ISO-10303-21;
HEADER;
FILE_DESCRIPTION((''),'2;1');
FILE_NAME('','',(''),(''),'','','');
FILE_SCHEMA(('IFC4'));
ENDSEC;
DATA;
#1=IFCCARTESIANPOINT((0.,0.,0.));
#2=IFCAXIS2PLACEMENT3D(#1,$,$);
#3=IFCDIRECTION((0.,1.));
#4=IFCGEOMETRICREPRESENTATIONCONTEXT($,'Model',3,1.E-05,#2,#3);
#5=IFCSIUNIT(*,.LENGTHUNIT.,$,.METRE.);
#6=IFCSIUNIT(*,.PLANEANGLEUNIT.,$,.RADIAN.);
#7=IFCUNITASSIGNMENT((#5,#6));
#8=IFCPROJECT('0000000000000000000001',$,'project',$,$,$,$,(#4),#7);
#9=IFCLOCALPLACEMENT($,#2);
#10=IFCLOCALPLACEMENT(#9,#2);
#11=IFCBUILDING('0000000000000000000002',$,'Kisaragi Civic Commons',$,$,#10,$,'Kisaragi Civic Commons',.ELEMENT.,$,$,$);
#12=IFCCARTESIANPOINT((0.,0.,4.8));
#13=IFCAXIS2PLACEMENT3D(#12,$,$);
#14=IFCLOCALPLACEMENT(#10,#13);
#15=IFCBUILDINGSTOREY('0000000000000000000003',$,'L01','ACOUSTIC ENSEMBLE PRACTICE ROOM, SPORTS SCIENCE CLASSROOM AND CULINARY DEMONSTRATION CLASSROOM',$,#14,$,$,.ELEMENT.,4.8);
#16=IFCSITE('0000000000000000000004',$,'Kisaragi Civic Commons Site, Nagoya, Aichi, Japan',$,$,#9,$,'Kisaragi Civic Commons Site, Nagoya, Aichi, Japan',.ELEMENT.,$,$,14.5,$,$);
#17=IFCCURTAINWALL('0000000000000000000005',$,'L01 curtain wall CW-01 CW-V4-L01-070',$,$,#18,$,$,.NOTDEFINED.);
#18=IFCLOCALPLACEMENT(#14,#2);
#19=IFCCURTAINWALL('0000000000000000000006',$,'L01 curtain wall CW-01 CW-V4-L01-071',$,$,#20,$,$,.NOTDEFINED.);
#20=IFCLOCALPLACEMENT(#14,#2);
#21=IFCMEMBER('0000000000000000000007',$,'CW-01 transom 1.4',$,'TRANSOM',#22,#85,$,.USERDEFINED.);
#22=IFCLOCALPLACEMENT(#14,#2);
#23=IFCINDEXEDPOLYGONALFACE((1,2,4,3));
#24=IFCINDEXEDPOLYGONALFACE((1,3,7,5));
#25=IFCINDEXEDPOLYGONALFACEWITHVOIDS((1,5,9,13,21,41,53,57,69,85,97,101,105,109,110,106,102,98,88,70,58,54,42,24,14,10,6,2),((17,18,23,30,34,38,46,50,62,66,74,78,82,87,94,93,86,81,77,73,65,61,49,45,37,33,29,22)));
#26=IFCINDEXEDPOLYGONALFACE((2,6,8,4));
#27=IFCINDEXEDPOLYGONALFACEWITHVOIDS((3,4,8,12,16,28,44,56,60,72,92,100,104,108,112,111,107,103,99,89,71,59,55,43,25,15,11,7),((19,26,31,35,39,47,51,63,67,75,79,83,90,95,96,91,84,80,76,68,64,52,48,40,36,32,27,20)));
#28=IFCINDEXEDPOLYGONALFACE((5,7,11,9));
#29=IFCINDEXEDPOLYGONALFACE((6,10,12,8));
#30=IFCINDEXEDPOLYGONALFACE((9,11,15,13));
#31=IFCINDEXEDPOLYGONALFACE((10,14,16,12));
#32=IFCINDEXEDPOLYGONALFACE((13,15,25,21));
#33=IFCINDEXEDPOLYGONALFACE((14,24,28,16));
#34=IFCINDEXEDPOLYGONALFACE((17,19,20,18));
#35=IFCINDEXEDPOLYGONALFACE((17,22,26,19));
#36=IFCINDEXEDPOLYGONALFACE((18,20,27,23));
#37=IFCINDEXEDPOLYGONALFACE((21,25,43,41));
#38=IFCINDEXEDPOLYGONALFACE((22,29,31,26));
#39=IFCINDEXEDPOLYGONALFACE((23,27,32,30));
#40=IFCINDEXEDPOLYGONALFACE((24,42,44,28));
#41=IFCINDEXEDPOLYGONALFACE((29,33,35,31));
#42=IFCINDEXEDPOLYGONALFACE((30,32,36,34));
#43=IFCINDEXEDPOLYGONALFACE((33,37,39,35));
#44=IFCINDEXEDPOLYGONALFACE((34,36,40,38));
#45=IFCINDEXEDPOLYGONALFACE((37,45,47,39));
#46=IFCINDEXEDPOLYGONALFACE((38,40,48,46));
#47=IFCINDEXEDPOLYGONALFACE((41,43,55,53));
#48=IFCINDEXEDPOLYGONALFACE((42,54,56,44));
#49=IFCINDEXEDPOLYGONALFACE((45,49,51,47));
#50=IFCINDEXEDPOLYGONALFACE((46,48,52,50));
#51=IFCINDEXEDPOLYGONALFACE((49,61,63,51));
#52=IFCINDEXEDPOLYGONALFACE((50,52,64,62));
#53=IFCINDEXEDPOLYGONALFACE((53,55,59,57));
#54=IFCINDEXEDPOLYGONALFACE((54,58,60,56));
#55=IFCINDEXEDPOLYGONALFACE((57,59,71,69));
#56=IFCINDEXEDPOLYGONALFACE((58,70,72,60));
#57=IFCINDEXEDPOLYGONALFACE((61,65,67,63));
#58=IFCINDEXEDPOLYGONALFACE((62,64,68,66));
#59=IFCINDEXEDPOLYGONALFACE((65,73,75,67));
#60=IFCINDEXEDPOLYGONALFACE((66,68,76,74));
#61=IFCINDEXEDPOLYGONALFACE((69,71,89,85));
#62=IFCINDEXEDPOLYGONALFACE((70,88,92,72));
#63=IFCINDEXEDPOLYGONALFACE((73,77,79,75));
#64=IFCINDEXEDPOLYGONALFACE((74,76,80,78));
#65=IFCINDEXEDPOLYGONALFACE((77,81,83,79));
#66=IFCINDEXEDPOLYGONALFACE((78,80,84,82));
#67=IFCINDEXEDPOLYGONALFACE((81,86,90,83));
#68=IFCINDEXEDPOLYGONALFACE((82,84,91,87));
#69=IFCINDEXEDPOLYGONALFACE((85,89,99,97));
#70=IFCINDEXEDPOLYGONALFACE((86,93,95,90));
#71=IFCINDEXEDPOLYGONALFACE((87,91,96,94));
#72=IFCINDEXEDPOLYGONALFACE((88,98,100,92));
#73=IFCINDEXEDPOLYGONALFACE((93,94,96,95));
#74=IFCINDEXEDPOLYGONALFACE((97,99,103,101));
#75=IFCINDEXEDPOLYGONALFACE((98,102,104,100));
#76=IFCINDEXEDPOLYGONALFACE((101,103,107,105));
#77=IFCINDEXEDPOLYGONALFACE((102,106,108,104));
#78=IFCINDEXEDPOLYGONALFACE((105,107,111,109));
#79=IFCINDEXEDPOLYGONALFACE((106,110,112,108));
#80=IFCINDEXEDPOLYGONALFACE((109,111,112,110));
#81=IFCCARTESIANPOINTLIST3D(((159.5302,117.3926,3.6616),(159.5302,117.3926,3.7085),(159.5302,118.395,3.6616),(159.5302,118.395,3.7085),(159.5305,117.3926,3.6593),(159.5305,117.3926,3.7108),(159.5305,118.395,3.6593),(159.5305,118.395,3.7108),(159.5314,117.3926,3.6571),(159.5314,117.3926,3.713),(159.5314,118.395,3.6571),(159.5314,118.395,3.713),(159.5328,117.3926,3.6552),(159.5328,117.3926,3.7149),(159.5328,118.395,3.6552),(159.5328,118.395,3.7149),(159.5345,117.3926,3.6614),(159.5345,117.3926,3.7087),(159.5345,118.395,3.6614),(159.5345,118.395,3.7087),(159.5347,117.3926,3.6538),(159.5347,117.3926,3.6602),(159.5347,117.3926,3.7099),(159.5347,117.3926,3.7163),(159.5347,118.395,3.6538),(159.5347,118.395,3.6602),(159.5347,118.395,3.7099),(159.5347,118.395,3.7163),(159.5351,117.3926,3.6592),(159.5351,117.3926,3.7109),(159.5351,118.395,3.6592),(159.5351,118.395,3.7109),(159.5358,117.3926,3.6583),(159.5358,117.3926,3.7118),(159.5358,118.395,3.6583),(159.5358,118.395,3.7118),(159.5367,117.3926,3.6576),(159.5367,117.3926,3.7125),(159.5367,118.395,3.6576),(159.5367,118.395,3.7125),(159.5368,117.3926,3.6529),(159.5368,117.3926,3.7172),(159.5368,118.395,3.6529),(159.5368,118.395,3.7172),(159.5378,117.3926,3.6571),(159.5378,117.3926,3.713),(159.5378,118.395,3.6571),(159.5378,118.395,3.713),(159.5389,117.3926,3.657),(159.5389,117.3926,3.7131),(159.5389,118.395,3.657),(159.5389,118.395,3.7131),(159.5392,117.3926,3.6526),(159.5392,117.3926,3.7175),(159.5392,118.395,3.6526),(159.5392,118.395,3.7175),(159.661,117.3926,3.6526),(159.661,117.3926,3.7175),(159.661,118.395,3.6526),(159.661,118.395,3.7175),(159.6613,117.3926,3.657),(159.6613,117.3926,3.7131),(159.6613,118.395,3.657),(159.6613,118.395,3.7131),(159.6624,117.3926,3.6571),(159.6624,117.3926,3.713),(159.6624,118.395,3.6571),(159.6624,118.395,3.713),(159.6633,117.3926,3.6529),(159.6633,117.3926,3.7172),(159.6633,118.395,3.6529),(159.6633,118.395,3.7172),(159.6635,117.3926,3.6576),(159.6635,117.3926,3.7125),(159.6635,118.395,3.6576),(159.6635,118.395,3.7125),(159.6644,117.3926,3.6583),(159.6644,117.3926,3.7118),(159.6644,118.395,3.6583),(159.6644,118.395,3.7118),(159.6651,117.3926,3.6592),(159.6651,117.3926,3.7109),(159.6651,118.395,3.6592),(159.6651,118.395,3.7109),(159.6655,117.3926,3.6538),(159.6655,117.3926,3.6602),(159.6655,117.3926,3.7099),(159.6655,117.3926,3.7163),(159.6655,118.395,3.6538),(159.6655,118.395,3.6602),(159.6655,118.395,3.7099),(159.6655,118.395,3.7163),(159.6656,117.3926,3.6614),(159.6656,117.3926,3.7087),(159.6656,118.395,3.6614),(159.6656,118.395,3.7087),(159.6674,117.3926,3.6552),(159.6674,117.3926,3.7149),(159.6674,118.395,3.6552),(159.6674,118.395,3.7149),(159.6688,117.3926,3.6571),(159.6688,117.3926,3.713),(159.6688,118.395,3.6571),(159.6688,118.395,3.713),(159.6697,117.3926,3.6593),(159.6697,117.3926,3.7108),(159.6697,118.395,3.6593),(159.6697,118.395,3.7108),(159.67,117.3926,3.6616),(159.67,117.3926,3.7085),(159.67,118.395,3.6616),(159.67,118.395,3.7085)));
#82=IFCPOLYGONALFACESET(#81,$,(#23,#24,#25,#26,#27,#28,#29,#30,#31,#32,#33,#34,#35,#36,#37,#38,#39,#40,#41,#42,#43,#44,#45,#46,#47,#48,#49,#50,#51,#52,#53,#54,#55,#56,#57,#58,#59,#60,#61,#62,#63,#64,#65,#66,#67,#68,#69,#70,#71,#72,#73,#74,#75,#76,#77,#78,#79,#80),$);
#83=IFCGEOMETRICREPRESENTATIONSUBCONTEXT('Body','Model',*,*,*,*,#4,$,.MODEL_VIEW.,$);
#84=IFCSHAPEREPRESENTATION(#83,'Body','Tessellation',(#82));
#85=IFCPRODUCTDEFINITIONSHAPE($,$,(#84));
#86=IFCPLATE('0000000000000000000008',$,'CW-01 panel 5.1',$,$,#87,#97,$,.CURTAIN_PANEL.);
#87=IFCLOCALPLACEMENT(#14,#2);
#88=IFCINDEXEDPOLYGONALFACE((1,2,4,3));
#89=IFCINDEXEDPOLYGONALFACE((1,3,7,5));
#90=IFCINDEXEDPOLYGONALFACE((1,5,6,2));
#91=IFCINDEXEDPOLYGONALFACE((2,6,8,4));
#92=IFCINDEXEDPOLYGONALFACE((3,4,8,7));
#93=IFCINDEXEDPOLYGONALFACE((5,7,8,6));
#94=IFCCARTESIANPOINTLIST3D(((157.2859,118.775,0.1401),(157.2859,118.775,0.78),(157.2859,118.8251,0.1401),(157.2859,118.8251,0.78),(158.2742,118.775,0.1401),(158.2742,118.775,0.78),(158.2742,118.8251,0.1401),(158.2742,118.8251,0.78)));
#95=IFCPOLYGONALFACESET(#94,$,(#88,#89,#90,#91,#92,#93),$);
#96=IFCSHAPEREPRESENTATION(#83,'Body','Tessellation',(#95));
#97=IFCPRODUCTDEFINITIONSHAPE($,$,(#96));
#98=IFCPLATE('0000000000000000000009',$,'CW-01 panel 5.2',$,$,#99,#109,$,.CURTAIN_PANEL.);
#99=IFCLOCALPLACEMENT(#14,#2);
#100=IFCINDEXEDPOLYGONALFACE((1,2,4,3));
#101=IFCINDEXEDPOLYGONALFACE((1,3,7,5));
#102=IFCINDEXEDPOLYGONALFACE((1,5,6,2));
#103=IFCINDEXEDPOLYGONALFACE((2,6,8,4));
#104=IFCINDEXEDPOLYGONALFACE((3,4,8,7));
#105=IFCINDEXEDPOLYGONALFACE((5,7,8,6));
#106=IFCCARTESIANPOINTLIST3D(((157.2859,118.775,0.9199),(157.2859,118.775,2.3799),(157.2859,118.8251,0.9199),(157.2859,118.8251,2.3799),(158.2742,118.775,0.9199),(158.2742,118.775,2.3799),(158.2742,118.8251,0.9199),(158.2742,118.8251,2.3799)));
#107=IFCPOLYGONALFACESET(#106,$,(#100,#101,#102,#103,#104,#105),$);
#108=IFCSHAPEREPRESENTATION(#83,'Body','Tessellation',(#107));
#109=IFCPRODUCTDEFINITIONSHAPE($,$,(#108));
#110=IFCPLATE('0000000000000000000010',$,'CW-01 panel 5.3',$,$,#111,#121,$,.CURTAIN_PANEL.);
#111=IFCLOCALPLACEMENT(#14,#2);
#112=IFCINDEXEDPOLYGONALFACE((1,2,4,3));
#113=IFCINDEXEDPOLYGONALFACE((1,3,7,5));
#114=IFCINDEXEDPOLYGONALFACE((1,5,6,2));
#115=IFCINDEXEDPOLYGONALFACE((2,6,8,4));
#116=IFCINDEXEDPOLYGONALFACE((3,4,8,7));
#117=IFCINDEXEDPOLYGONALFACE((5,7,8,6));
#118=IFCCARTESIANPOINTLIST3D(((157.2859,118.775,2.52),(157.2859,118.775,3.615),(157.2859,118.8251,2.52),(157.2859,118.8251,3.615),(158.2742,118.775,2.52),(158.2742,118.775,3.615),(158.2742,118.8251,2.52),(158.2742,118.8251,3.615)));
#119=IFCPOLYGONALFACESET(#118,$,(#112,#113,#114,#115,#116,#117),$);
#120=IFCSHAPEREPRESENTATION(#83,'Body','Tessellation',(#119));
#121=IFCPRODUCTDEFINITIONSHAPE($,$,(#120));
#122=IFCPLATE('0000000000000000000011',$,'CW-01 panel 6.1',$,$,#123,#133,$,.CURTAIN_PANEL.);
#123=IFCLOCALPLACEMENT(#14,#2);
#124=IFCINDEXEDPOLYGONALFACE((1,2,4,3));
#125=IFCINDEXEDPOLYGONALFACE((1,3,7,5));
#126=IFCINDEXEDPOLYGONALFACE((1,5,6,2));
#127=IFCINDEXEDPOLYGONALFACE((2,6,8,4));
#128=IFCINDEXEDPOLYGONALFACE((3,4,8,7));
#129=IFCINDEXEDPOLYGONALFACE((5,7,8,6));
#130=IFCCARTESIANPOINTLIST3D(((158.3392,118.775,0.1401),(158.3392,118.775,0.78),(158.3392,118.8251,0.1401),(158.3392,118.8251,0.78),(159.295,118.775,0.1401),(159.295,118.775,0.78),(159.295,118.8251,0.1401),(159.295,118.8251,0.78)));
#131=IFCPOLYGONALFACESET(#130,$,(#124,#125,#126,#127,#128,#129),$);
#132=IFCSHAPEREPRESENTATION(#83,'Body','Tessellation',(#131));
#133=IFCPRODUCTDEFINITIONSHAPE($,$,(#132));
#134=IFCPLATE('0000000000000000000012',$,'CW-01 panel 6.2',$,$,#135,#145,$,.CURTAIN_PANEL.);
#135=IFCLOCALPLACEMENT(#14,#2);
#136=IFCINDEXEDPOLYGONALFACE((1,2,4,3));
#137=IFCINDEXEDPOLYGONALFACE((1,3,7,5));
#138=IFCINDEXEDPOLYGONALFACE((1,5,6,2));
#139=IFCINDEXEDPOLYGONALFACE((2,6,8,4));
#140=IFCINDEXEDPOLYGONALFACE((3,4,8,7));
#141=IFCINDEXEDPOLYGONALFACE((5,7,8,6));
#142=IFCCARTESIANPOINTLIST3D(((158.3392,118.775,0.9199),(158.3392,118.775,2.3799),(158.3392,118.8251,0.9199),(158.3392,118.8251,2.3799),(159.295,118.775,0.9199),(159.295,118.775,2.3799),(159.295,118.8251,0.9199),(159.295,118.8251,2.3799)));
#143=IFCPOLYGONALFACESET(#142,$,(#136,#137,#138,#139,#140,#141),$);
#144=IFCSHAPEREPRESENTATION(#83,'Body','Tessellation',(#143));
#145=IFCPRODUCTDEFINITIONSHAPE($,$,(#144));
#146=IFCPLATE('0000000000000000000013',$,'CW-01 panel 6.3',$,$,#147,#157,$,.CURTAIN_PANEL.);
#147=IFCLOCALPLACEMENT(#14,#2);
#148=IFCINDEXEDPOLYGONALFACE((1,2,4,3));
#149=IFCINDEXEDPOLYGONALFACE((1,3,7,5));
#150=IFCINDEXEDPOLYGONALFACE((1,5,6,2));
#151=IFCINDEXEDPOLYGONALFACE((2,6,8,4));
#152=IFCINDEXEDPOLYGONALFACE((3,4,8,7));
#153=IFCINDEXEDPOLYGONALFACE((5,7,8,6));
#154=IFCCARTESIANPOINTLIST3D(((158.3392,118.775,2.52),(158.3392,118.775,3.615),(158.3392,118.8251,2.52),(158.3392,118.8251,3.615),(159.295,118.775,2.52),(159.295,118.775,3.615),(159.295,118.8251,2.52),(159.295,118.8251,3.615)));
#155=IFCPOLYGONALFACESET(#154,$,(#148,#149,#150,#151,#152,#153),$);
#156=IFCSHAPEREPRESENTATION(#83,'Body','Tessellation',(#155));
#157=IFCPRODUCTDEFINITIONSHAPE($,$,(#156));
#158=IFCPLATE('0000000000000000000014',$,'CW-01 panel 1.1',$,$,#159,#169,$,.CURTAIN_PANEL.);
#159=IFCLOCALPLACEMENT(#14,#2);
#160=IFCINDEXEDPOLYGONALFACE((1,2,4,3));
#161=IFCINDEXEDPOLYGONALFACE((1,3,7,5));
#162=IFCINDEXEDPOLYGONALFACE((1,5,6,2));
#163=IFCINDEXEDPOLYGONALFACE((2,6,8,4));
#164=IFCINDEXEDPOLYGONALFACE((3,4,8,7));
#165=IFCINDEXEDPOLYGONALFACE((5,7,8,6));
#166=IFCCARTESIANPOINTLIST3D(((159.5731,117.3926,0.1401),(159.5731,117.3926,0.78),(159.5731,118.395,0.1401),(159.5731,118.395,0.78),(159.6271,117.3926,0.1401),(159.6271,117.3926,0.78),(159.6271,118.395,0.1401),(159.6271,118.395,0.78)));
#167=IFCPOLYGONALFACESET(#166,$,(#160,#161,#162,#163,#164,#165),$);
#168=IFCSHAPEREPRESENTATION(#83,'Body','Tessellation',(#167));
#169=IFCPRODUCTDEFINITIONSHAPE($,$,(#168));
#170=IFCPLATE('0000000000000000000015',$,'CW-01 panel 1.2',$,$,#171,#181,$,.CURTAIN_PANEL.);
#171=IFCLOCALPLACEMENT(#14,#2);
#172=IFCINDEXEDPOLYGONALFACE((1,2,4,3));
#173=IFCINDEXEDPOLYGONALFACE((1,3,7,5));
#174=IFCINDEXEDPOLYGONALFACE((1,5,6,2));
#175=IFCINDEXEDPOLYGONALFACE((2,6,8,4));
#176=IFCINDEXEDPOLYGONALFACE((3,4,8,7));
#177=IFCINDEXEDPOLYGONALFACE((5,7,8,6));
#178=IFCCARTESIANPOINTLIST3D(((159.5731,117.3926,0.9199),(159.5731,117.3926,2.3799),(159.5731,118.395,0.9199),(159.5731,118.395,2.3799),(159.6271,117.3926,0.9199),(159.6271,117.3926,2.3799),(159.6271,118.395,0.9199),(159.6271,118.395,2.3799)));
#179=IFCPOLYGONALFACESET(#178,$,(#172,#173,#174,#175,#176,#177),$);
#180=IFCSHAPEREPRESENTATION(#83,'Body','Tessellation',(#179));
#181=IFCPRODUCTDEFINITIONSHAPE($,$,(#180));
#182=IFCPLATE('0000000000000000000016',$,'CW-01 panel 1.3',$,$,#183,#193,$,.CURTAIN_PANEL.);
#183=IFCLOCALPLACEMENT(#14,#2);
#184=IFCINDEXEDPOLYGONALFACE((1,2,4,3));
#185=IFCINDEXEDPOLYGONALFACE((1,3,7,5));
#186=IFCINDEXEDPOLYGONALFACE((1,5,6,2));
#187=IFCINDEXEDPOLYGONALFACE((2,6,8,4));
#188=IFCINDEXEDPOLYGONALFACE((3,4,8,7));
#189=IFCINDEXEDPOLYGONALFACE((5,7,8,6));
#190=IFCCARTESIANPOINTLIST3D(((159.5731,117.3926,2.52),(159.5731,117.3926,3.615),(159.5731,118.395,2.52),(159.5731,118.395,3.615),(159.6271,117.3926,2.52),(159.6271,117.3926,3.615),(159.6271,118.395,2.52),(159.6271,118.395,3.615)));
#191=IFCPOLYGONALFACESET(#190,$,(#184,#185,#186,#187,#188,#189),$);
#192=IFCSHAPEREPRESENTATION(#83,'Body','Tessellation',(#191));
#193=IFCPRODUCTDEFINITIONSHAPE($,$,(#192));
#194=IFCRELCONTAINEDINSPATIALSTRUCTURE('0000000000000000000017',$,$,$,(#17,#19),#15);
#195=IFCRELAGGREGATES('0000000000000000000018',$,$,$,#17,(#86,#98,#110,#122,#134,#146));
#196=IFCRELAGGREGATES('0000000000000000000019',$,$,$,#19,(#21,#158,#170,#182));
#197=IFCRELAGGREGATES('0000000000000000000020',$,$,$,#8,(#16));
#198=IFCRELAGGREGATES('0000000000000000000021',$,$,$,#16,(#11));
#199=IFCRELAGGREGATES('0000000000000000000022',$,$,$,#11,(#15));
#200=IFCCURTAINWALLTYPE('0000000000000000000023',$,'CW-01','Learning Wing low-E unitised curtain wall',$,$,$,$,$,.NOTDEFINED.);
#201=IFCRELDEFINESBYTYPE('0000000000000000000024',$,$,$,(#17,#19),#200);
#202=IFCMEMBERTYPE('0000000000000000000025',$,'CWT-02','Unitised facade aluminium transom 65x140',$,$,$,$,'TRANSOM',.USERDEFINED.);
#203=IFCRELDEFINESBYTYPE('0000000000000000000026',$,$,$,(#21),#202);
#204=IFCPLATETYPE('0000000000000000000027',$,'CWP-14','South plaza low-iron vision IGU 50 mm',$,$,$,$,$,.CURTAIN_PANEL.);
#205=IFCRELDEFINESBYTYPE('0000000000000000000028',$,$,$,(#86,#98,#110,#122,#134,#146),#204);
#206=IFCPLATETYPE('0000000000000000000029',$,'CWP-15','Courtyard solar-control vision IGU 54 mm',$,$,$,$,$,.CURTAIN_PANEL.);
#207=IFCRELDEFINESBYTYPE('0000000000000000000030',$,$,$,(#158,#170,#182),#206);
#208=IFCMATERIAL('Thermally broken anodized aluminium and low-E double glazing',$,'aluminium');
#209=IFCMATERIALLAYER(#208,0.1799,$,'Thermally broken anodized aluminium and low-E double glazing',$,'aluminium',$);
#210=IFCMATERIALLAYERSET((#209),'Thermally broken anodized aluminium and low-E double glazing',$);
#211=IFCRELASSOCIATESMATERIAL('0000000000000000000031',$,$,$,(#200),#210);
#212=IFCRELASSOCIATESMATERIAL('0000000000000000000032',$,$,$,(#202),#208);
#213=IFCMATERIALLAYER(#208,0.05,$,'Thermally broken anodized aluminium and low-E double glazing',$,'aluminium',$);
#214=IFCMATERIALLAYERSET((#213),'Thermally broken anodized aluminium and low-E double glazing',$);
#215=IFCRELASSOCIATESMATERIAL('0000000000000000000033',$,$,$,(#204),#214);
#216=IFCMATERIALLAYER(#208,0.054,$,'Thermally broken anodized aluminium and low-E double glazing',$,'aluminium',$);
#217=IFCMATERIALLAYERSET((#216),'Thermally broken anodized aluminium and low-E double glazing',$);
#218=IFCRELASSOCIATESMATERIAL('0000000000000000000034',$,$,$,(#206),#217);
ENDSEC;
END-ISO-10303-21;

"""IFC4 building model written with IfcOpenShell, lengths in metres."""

from ifc_helpers import new_model, si_unit, direction, frame, origin, origin_2d, place, context, subcontext, project, spatial, rectangle, hollow_rectangle, extrude, material, layer, layer_set, material_profile, profile_set, type_object, element, aggregate, save


model = new_model("IFC4")

# Units and contexts
model_context = context("Model", 3, precision=1e-05, world=origin(), true_north=direction((0.0, 1.0)))
body_context = subcontext(model_context, "Body", "Model", "MODEL_VIEW")
ifc_project = project(units=[si_unit("LENGTHUNIT", "METRE"), si_unit("PLANEANGLEUNIT", "RADIAN")], contexts=[model_context])

# Site, building, storey
site_placement = place(None, origin())
site = spatial("IfcSite", under=ifc_project, at=site_placement, Name="Kisaragi Civic Commons Site, Nagoya, Aichi, Japan", LongName="Kisaragi Civic Commons Site, Nagoya, Aichi, Japan", CompositionType="ELEMENT", RefElevation=14.5)
building_placement = place(site_placement, origin())
building = spatial("IfcBuilding", under=site, at=building_placement, Name="Kisaragi Civic Commons", LongName="Kisaragi Civic Commons", CompositionType="ELEMENT")
storey_placement = place(building_placement, frame((0.0, 0.0, 4.8)))
storey = spatial("IfcBuildingStorey", under=building, at=storey_placement, Name="L01", Description="ACOUSTIC ENSEMBLE PRACTICE ROOM, SPORTS SCIENCE CLASSROOM AND CULINARY DEMONSTRATION CLASSROOM", CompositionType="ELEMENT", Elevation=4.8)

# Curtain walls
ifc_material_1 = material(Name="Thermally broken anodized aluminium and low-E double glazing", Category="aluminium")
ifc_layer_1 = layer(ifc_material_1, 0.1799, Name="Thermally broken anodized aluminium and low-E double glazing", Category="aluminium")
ifc_layer_set_1 = layer_set([ifc_layer_1], Name="Thermally broken anodized aluminium and low-E double glazing")
curtain_wall_type = type_object("IfcCurtainWallType", Name="CW-01", Description="Learning Wing low-E unitised curtain wall", PredefinedType="NOTDEFINED", material=ifc_layer_set_1)
curtain_wall_1_placement = place(storey_placement, origin())
curtain_wall_1 = element("IfcCurtainWall", 1, at=curtain_wall_1_placement, inside=storey, type_object=curtain_wall_type, Name="L01 curtain wall CW-01 CW-V4-L01-070", PredefinedType="NOTDEFINED")
curtain_wall_2_placement = place(storey_placement, origin())
curtain_wall_2 = element("IfcCurtainWall", 2, at=curtain_wall_2_placement, inside=storey, type_object=curtain_wall_type, Name="L01 curtain wall CW-01 CW-V4-L01-071", PredefinedType="NOTDEFINED")

# Member
ifc_material_profile_1 = material_profile(ifc_material_1, hollow_rectangle(XDim=0.1399, YDim=0.0649, WallThickness=0.0044, InnerFilletRadius=0.0044, OuterFilletRadius=0.009, at=origin_2d()), Name="CWT-65x140x4.5", Category="aluminium")
ifc_profile_set_1 = profile_set([ifc_material_profile_1], Name="Thermally broken anodized aluminium and low-E double glazing")
member_type_1 = type_object("IfcMemberType", Name="CWT-02", Description="Unitised facade aluminium transom 65x140", ElementType="TRANSOM", PredefinedType="USERDEFINED", material=ifc_profile_set_1)
member_1_placement = place(storey_placement, frame((159.6001, 118.395, 3.6851), z_axis=(0.0, -1.0, 0.0), x_axis=(1.0, 0.0, 0.0)))
member_1 = element("IfcMember", 3, at=member_1_placement, type_object=member_type_1, Name="CW-01 transom 1.4", ObjectType="TRANSOM", PredefinedType="USERDEFINED", context=body_context, shape_type="SweptSolid", body=[
    extrude(hollow_rectangle(XDim=0.1399, YDim=0.0649, WallThickness=0.0044, InnerFilletRadius=0.0044, OuterFilletRadius=0.009, at=origin_2d()), origin(), (0.0, 0.0, 1.0), 1.0024),
])

# Plates
ifc_layer_2 = layer(ifc_material_1, 0.05, Name="Thermally broken anodized aluminium and low-E double glazing", Category="aluminium")
ifc_layer_set_2 = layer_set([ifc_layer_2], Name="Thermally broken anodized aluminium and low-E double glazing")
plate_type_1 = type_object("IfcPlateType", Name="CWP-14", Description="South plaza low-iron vision IGU 50 mm", PredefinedType="CURTAIN_PANEL", material=ifc_layer_set_2)
plate_1_placement = place(storey_placement, frame((157.78, 118.8, 0.1401), z_axis=(0.0, 0.0, 1.0), x_axis=(1.0, 0.0, 0.0)))
plate_1 = element("IfcPlate", 4, at=plate_1_placement, type_object=plate_type_1, Name="CW-01 panel 5.1", PredefinedType="CURTAIN_PANEL", context=body_context, shape_type="SweptSolid", body=[
    extrude(rectangle(XDim=0.9883, YDim=0.05, at=origin_2d()), origin(), (0.0, 0.0, 1.0), 0.6399),
])
plate_2_placement = place(storey_placement, frame((157.78, 118.8, 0.9199), z_axis=(0.0, 0.0, 1.0), x_axis=(1.0, 0.0, 0.0)))
plate_2 = element("IfcPlate", 5, at=plate_2_placement, type_object=plate_type_1, Name="CW-01 panel 5.2", PredefinedType="CURTAIN_PANEL", context=body_context, shape_type="SweptSolid", body=[
    extrude(rectangle(XDim=0.9883, YDim=0.05, at=origin_2d()), origin(), (0.0, 0.0, 1.0), 1.46),
])
plate_3_placement = place(storey_placement, frame((157.78, 118.8, 2.52), z_axis=(0.0, 0.0, 1.0), x_axis=(1.0, 0.0, 0.0)))
plate_3 = element("IfcPlate", 6, at=plate_3_placement, type_object=plate_type_1, Name="CW-01 panel 5.3", PredefinedType="CURTAIN_PANEL", context=body_context, shape_type="SweptSolid", body=[
    extrude(rectangle(XDim=0.9883, YDim=0.05, at=origin_2d()), origin(), (0.0, 0.0, 1.0), 1.095),
])
plate_4_placement = place(storey_placement, frame((158.8171, 118.8, 0.1401), z_axis=(0.0, 0.0, 1.0), x_axis=(1.0, 0.0, 0.0)))
plate_4 = element("IfcPlate", 7, at=plate_4_placement, type_object=plate_type_1, Name="CW-01 panel 6.1", PredefinedType="CURTAIN_PANEL", context=body_context, shape_type="SweptSolid", body=[
    extrude(rectangle(XDim=0.9558, YDim=0.05, at=origin_2d()), origin(), (0.0, 0.0, 1.0), 0.6399),
])
plate_5_placement = place(storey_placement, frame((158.8171, 118.8, 0.9199), z_axis=(0.0, 0.0, 1.0), x_axis=(1.0, 0.0, 0.0)))
plate_5 = element("IfcPlate", 8, at=plate_5_placement, type_object=plate_type_1, Name="CW-01 panel 6.2", PredefinedType="CURTAIN_PANEL", context=body_context, shape_type="SweptSolid", body=[
    extrude(rectangle(XDim=0.9558, YDim=0.05, at=origin_2d()), origin(), (0.0, 0.0, 1.0), 1.46),
])
plate_6_placement = place(storey_placement, frame((158.8171, 118.8, 2.52), z_axis=(0.0, 0.0, 1.0), x_axis=(1.0, 0.0, 0.0)))
plate_6 = element("IfcPlate", 9, at=plate_6_placement, type_object=plate_type_1, Name="CW-01 panel 6.3", PredefinedType="CURTAIN_PANEL", context=body_context, shape_type="SweptSolid", body=[
    extrude(rectangle(XDim=0.9558, YDim=0.05, at=origin_2d()), origin(), (0.0, 0.0, 1.0), 1.095),
])
aggregate(curtain_wall_1, [plate_1, plate_2, plate_3, plate_4, plate_5, plate_6])
ifc_layer_3 = layer(ifc_material_1, 0.054, Name="Thermally broken anodized aluminium and low-E double glazing", Category="aluminium")
ifc_layer_set_3 = layer_set([ifc_layer_3], Name="Thermally broken anodized aluminium and low-E double glazing")
plate_type_2 = type_object("IfcPlateType", Name="CWP-15", Description="Courtyard solar-control vision IGU 54 mm", PredefinedType="CURTAIN_PANEL", material=ifc_layer_set_3)
plate_7_placement = place(storey_placement, frame((159.6001, 117.8938, 0.1401), z_axis=(0.0, 0.0, 1.0), x_axis=(0.0, -1.0, 0.0)))
plate_7 = element("IfcPlate", 10, at=plate_7_placement, type_object=plate_type_2, Name="CW-01 panel 1.1", PredefinedType="CURTAIN_PANEL", context=body_context, shape_type="SweptSolid", body=[
    extrude(rectangle(XDim=1.0024, YDim=0.054, at=origin_2d()), origin(), (0.0, 0.0, 1.0), 0.6399),
])
plate_8_placement = place(storey_placement, frame((159.6001, 117.8938, 0.9199), z_axis=(0.0, 0.0, 1.0), x_axis=(0.0, -1.0, 0.0)))
plate_8 = element("IfcPlate", 11, at=plate_8_placement, type_object=plate_type_2, Name="CW-01 panel 1.2", PredefinedType="CURTAIN_PANEL", context=body_context, shape_type="SweptSolid", body=[
    extrude(rectangle(XDim=1.0024, YDim=0.054, at=origin_2d()), origin(), (0.0, 0.0, 1.0), 1.46),
])
plate_9_placement = place(storey_placement, frame((159.6001, 117.8938, 2.52), z_axis=(0.0, 0.0, 1.0), x_axis=(0.0, -1.0, 0.0)))
plate_9 = element("IfcPlate", 12, at=plate_9_placement, type_object=plate_type_2, Name="CW-01 panel 1.3", PredefinedType="CURTAIN_PANEL", context=body_context, shape_type="SweptSolid", body=[
    extrude(rectangle(XDim=1.0024, YDim=0.054, at=origin_2d()), origin(), (0.0, 0.0, 1.0), 1.095),
])
aggregate(curtain_wall_2, [member_1, plate_7, plate_8, plate_9])

save(model, "model.ifc")
